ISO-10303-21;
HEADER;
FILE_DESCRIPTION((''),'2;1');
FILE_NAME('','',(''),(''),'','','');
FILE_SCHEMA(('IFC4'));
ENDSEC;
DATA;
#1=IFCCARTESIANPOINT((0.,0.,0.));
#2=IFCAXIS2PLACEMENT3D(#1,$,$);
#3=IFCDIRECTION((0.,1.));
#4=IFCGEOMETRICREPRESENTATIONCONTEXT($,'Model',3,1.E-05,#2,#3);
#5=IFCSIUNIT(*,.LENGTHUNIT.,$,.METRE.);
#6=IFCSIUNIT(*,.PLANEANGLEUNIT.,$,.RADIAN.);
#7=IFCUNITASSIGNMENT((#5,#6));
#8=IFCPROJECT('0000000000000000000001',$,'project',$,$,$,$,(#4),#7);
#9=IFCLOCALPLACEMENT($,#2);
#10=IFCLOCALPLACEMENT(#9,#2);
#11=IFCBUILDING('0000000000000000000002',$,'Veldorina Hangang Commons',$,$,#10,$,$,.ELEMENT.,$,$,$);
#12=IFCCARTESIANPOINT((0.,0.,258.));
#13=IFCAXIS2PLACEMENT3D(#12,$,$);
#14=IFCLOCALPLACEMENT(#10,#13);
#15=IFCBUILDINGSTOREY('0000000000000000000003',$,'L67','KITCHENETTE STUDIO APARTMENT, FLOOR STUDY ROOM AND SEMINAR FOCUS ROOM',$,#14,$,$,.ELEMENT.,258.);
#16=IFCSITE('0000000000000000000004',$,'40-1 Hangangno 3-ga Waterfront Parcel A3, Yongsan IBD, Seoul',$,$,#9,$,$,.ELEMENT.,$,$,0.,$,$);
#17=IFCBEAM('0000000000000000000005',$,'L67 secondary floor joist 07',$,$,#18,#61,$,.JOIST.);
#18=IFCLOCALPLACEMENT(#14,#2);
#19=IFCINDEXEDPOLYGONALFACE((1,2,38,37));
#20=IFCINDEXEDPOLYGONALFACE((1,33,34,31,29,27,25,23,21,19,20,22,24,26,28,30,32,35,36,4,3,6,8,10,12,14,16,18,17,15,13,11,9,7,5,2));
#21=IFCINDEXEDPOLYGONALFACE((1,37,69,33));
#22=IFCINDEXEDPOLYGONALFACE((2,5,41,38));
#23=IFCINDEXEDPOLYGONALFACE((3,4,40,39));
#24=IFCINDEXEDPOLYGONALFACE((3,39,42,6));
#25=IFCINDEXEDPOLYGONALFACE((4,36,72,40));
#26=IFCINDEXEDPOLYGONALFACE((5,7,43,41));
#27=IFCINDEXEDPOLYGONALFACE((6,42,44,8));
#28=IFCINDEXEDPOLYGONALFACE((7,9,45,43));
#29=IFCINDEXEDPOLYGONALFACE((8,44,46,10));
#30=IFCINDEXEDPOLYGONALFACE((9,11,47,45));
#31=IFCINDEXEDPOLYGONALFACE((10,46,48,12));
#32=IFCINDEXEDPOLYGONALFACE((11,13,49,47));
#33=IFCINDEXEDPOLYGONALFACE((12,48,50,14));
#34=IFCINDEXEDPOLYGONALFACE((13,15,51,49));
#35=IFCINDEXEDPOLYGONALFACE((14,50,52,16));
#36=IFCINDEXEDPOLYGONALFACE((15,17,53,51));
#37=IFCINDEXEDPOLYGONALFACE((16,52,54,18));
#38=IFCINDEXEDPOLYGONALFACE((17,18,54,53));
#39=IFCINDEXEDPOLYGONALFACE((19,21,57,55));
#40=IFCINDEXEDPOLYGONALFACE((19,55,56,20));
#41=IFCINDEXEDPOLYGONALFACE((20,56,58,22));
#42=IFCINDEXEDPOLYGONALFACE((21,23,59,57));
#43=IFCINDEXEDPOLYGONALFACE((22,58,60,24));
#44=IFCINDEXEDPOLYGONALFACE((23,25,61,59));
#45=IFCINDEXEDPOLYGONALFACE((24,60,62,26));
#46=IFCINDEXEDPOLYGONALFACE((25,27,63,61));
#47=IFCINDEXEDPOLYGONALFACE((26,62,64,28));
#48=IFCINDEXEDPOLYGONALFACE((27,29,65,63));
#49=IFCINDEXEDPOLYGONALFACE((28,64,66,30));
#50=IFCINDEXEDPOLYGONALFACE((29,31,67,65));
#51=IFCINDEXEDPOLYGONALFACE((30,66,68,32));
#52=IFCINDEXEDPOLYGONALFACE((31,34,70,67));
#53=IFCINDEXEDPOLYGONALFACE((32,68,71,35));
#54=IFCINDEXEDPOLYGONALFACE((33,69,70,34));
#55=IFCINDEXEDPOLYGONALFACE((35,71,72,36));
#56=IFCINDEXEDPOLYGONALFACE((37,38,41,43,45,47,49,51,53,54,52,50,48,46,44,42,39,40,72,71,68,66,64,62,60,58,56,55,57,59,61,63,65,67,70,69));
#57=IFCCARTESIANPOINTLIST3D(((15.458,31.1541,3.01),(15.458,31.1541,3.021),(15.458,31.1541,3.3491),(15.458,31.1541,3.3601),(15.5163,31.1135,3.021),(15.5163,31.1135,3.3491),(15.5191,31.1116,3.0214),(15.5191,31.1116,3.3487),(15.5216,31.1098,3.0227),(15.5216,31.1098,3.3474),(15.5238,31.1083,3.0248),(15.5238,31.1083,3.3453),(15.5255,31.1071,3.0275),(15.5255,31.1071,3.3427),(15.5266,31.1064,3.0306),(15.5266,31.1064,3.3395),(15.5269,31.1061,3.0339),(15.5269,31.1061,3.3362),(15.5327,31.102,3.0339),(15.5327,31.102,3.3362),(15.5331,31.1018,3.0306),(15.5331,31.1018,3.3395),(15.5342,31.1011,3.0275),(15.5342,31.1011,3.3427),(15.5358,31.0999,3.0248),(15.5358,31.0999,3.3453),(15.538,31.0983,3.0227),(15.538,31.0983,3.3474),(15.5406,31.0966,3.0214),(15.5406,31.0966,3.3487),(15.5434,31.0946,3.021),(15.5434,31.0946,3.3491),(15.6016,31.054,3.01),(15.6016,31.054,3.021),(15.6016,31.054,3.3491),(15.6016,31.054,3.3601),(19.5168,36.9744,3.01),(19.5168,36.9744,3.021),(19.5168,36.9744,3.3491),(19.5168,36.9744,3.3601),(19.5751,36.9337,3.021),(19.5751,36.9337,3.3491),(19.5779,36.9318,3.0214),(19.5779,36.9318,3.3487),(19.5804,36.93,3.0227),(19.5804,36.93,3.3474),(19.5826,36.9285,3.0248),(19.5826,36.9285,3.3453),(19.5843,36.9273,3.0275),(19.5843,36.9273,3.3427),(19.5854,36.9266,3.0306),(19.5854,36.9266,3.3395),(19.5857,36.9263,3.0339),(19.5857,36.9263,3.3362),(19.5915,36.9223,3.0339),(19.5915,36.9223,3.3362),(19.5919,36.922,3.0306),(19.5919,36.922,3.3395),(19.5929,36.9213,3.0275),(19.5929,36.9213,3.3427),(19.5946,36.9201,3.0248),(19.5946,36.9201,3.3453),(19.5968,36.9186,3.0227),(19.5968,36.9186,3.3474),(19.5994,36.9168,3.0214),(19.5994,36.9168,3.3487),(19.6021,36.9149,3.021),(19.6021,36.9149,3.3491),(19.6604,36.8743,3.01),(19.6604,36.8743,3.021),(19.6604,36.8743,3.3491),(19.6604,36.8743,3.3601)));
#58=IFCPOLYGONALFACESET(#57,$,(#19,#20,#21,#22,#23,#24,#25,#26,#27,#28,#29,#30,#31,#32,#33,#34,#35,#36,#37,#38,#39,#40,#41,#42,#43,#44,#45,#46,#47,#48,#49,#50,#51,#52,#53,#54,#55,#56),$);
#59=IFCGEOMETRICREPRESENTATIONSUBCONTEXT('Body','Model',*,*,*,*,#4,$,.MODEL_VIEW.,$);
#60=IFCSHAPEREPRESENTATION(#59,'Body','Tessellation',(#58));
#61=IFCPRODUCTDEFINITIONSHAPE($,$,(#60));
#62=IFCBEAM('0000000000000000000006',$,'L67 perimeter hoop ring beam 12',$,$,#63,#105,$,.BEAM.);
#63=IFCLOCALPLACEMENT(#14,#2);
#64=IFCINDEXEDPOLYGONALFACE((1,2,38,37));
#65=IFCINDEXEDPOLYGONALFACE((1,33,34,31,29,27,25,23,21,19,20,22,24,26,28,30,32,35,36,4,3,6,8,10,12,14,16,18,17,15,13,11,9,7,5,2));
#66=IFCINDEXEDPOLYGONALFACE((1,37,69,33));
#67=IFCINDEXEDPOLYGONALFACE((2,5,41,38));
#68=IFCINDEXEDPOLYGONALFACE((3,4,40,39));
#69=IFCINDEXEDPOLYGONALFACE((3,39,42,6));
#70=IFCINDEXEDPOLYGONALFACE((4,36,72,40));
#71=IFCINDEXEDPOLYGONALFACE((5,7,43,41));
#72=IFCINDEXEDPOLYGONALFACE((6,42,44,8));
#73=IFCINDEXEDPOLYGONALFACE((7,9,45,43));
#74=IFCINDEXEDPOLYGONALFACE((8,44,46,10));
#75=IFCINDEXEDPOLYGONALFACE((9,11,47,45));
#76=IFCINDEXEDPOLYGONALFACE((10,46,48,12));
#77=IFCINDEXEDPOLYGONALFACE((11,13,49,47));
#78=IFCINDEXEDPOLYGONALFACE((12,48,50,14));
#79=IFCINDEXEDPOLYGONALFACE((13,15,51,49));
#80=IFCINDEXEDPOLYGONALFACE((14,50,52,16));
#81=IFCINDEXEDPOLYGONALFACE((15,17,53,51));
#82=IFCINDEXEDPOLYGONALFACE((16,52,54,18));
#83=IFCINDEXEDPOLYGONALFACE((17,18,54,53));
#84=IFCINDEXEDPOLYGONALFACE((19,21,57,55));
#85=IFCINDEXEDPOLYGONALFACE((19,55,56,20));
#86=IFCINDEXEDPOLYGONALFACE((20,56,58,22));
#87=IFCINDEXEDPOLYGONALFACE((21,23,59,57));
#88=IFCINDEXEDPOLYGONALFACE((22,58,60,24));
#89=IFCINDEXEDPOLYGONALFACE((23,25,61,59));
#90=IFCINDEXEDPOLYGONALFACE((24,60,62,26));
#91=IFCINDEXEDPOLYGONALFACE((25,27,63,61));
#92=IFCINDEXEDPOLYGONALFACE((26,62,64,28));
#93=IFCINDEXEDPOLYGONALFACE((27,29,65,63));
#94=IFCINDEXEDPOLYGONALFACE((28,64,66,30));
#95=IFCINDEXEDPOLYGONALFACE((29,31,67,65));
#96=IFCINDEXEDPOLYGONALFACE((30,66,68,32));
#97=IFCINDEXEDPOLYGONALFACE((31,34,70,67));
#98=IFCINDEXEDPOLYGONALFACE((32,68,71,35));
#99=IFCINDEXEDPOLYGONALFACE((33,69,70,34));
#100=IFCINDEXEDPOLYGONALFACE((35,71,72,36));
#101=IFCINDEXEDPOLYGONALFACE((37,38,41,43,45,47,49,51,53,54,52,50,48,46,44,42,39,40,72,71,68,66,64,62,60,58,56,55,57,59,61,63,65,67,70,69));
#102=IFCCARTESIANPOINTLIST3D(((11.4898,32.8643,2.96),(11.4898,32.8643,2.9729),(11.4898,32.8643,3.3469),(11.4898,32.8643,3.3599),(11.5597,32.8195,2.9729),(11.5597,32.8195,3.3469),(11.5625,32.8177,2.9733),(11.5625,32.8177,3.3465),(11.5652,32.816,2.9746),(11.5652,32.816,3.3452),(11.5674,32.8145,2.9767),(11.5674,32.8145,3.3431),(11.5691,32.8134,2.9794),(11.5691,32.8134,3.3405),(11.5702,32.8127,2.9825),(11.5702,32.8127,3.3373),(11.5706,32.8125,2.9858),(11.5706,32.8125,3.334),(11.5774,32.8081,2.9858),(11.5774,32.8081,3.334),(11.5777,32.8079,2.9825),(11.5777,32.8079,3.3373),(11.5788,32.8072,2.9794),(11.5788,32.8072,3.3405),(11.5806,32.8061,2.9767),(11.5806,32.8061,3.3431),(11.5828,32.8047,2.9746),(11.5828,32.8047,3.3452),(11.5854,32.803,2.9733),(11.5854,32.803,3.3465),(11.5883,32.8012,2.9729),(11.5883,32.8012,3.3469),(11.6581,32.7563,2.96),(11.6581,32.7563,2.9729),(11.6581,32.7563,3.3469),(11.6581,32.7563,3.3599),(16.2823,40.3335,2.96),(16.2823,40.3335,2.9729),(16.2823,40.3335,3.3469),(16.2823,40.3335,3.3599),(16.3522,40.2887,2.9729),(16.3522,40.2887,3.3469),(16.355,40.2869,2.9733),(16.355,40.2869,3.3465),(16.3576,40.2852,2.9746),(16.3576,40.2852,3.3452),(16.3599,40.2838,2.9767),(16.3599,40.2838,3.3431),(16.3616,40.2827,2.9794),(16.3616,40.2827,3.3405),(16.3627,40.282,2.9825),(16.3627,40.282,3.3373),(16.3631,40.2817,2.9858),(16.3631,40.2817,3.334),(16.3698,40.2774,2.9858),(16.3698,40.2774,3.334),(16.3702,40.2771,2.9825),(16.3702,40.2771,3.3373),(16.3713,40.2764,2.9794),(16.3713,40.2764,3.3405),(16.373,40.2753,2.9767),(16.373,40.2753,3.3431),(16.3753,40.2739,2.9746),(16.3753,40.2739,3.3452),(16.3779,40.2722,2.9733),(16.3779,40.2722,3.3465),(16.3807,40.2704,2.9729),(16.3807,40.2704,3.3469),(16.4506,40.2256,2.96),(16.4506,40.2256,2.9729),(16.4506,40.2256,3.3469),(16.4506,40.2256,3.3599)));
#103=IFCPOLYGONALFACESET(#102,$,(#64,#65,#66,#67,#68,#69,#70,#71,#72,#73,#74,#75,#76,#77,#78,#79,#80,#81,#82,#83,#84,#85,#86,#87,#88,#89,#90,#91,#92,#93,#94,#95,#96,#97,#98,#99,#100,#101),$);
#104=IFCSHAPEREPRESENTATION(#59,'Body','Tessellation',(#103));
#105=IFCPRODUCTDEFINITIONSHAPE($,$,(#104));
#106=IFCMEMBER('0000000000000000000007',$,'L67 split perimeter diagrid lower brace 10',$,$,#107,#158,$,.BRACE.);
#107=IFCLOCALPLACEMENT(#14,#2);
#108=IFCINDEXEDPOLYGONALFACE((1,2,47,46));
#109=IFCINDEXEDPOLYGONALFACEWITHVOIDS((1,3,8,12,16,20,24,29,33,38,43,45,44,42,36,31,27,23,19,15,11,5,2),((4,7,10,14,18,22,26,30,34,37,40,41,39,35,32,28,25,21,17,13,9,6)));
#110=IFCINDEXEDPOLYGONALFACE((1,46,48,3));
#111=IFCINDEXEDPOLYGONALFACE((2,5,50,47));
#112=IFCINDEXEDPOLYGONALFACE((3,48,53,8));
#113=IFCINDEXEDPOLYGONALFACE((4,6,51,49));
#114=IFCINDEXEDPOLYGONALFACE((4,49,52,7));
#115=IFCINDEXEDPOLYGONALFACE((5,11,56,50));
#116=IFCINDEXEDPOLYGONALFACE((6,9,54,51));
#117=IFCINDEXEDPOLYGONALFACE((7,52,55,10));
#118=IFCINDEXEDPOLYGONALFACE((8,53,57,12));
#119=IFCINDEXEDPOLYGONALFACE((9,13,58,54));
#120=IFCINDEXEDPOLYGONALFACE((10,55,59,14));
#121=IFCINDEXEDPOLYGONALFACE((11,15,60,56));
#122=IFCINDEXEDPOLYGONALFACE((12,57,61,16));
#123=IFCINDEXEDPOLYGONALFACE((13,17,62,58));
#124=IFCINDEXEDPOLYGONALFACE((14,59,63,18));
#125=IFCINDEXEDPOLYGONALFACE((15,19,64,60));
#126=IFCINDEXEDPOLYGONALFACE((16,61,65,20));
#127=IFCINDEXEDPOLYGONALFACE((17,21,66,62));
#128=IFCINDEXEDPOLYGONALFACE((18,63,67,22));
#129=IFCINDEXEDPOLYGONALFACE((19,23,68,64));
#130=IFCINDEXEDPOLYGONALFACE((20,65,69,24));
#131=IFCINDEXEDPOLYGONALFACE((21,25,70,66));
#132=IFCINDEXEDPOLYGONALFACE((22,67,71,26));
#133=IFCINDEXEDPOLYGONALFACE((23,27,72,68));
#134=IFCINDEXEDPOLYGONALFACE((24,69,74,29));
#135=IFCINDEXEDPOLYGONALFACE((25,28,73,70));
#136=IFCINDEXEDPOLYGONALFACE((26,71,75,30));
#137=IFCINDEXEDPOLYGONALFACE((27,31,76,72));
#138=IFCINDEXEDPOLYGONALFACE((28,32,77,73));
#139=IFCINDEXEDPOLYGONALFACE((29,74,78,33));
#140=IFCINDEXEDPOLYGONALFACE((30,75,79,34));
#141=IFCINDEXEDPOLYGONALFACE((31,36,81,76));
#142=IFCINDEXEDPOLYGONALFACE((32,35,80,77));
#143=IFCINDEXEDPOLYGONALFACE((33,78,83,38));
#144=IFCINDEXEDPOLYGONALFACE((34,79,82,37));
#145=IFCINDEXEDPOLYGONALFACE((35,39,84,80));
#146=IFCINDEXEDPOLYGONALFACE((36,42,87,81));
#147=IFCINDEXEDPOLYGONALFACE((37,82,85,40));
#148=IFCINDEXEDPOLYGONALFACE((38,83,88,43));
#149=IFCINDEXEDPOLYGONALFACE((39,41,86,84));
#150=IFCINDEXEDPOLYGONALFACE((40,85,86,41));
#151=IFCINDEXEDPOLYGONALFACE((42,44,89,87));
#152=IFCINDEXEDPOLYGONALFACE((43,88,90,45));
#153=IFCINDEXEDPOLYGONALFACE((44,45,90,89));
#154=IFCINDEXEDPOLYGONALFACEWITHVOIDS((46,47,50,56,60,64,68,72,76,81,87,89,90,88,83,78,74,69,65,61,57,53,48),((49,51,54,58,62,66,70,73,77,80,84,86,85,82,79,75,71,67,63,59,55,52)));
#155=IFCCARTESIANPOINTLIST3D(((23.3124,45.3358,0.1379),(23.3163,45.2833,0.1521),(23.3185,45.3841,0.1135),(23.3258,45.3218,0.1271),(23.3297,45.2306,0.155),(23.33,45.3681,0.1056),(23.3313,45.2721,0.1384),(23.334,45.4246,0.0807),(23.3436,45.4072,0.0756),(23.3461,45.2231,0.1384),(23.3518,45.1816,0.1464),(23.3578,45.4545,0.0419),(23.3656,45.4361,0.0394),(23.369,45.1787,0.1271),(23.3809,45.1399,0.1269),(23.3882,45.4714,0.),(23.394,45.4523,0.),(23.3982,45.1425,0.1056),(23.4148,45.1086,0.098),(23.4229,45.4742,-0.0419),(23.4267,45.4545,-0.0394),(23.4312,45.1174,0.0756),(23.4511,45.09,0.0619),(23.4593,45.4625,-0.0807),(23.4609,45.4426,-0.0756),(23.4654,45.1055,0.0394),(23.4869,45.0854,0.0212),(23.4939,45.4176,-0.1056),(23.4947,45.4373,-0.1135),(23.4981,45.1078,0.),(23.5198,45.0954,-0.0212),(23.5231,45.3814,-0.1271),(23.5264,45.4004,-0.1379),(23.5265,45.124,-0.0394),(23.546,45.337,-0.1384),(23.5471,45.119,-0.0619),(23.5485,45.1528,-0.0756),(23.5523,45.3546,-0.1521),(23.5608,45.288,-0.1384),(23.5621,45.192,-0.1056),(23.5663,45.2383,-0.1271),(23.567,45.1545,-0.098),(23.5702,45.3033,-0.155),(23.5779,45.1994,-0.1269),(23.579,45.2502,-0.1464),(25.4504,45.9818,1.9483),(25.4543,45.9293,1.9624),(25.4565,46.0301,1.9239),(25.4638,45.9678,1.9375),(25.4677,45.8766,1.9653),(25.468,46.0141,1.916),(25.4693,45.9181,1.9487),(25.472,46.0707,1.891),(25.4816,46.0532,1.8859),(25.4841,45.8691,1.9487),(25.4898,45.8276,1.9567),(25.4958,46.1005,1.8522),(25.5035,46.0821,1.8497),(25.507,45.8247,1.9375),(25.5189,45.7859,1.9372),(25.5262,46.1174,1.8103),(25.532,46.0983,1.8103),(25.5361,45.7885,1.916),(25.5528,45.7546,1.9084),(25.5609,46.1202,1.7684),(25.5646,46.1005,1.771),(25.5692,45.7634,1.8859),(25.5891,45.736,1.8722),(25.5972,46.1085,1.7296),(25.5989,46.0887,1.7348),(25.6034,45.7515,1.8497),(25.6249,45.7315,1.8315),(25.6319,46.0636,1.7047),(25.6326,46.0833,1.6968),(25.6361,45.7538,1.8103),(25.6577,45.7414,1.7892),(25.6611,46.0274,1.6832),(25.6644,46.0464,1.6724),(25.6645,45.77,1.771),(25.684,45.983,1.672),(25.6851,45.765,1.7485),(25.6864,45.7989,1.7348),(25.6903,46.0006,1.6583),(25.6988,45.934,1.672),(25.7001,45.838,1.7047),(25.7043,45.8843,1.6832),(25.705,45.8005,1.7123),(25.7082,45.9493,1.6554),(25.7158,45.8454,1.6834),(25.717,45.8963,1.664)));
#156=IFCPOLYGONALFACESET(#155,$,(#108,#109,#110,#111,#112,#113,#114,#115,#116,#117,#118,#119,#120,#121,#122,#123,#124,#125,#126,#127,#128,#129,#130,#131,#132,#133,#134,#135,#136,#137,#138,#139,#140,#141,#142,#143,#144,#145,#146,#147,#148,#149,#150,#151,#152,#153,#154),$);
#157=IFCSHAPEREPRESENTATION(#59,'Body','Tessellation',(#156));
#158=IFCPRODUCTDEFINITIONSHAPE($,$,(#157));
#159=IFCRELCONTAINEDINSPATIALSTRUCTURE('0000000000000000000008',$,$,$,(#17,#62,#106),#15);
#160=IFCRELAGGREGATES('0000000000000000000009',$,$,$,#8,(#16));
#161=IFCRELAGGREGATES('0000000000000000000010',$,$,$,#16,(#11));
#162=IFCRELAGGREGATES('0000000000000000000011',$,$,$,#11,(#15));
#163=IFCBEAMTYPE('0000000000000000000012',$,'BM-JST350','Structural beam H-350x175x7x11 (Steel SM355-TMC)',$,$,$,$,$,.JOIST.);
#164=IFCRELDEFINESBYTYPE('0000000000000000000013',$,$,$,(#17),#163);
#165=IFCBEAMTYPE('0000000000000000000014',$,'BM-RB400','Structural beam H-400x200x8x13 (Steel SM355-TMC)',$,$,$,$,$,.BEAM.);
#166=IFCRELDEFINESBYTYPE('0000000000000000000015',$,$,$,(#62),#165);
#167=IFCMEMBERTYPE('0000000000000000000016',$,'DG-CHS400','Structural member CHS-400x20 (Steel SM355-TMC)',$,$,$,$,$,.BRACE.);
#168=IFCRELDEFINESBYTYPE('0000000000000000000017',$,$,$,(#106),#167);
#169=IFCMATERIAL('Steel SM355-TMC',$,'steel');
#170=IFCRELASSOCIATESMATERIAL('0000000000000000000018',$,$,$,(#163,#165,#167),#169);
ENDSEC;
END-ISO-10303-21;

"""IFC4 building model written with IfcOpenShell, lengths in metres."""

from ifc_helpers import new_model, si_unit, direction, frame, origin, origin_2d, place, context, subcontext, project, spatial, hollow_circle, i_section, extrude, material, material_profile, profile_set, type_object, element, save


model = new_model("IFC4")

# Units and contexts
model_context = context("Model", 3, precision=1e-05, world=origin(), true_north=direction((0.0, 1.0)))
body_context = subcontext(model_context, "Body", "Model", "MODEL_VIEW")
ifc_project = project(units=[si_unit("LENGTHUNIT", "METRE"), si_unit("PLANEANGLEUNIT", "RADIAN")], contexts=[model_context])

# Site, building, storey
site_placement = place(None, origin())
site = spatial("IfcSite", under=ifc_project, at=site_placement, Name="40-1 Hangangno 3-ga Waterfront Parcel A3, Yongsan IBD, Seoul", CompositionType="ELEMENT", RefElevation=0.0)
building_placement = place(site_placement, origin())
building = spatial("IfcBuilding", under=site, at=building_placement, Name="Veldorina Hangang Commons", CompositionType="ELEMENT")
storey_placement = place(building_placement, frame((0.0, 0.0, 258.0)))
storey = spatial("IfcBuildingStorey", under=building, at=storey_placement, Name="L67", Description="KITCHENETTE STUDIO APARTMENT, FLOOR STUDY ROOM AND SEMINAR FOCUS ROOM", CompositionType="ELEMENT", Elevation=258.0)

# Beams
ifc_material_1 = material(Name="Steel SM355-TMC", Category="steel")
ifc_material_profile_1 = material_profile(ifc_material_1, i_section(OverallWidth=0.175, OverallDepth=0.3501, WebThickness=0.0071, FlangeThickness=0.011, FilletRadius=0.0129, at=origin_2d()), Name="H-350x175x7x11")
ifc_profile_set_1 = profile_set([ifc_material_profile_1], Name="Steel SM355-TMC")
beam_type_1 = type_object("IfcBeamType", Name="BM-JST350", Description="Structural beam H-350x175x7x11 (Steel SM355-TMC)", PredefinedType="JOIST", material=ifc_profile_set_1)
beam_1_placement = place(storey_placement, frame((19.5886, 36.9243, 3.1851), z_axis=(-0.572007, -0.820249, 0.0), x_axis=(0.820249, -0.572007, 0.0)))
element("IfcBeam", 1, at=beam_1_placement, inside=storey, type_object=beam_type_1, Name="L67 secondary floor joist 07", PredefinedType="JOIST", context=body_context, shape_type="SweptSolid", body=[
    extrude(i_section(OverallWidth=0.175, OverallDepth=0.3501, WebThickness=0.0071, FlangeThickness=0.011, FilletRadius=0.0129, at=origin_2d()), origin(), (0.0, 0.0, 1.0), 7.0957),
])
ifc_material_profile_2 = material_profile(ifc_material_1, i_section(OverallWidth=0.2, OverallDepth=0.3999, WebThickness=0.0081, FlangeThickness=0.0129, FilletRadius=0.0129, at=origin_2d()), Name="H-400x200x8x13")
ifc_profile_set_2 = profile_set([ifc_material_profile_2], Name="Steel SM355-TMC")
beam_type_2 = type_object("IfcBeamType", Name="BM-RB400", Description="Structural beam H-400x200x8x13 (Steel SM355-TMC)", PredefinedType="BEAM", material=ifc_profile_set_2)
beam_2_placement = place(storey_placement, frame((16.3665, 40.2795, 3.1599), z_axis=(-0.540026, -0.841648, 0.0), x_axis=(0.841648, -0.540026, 0.0)))
element("IfcBeam", 2, at=beam_2_placement, inside=storey, type_object=beam_type_2, Name="L67 perimeter hoop ring beam 12", PredefinedType="BEAM", context=body_context, shape_type="SweptSolid", body=[
    extrude(i_section(OverallWidth=0.2, OverallDepth=0.3999, WebThickness=0.0081, FlangeThickness=0.0129, FilletRadius=0.0129, at=origin_2d()), origin(), (0.0, 0.0, 1.0), 8.8745),
])

# Member
ifc_material_profile_3 = material_profile(ifc_material_1, hollow_circle(Radius=0.2, WallThickness=0.02, at=origin_2d()), Name="CHS-400x20")
ifc_profile_set_3 = profile_set([ifc_material_profile_3], Name="Steel SM355-TMC")
member_type_1 = type_object("IfcMemberType", Name="DG-CHS400", Description="Structural member CHS-400x20 (Steel SM355-TMC)", PredefinedType="BRACE", material=ifc_profile_set_3)
member_1_placement = place(storey_placement, frame((23.446, 45.28, 0.0), z_axis=(0.743646, 0.224699, 0.629683), x_axis=(-0.289243, 0.957256, 0.0)))
element("IfcMember", 3, at=member_1_placement, inside=storey, type_object=member_type_1, Name="L67 split perimeter diagrid lower brace 10", PredefinedType="BRACE", context=body_context, shape_type="SweptSolid", body=[
    extrude(hollow_circle(Radius=0.2, WallThickness=0.02, at=origin_2d()), origin(), (0.0, 0.0, 1.0), 2.875),
])

save(model, "model.ifc")
